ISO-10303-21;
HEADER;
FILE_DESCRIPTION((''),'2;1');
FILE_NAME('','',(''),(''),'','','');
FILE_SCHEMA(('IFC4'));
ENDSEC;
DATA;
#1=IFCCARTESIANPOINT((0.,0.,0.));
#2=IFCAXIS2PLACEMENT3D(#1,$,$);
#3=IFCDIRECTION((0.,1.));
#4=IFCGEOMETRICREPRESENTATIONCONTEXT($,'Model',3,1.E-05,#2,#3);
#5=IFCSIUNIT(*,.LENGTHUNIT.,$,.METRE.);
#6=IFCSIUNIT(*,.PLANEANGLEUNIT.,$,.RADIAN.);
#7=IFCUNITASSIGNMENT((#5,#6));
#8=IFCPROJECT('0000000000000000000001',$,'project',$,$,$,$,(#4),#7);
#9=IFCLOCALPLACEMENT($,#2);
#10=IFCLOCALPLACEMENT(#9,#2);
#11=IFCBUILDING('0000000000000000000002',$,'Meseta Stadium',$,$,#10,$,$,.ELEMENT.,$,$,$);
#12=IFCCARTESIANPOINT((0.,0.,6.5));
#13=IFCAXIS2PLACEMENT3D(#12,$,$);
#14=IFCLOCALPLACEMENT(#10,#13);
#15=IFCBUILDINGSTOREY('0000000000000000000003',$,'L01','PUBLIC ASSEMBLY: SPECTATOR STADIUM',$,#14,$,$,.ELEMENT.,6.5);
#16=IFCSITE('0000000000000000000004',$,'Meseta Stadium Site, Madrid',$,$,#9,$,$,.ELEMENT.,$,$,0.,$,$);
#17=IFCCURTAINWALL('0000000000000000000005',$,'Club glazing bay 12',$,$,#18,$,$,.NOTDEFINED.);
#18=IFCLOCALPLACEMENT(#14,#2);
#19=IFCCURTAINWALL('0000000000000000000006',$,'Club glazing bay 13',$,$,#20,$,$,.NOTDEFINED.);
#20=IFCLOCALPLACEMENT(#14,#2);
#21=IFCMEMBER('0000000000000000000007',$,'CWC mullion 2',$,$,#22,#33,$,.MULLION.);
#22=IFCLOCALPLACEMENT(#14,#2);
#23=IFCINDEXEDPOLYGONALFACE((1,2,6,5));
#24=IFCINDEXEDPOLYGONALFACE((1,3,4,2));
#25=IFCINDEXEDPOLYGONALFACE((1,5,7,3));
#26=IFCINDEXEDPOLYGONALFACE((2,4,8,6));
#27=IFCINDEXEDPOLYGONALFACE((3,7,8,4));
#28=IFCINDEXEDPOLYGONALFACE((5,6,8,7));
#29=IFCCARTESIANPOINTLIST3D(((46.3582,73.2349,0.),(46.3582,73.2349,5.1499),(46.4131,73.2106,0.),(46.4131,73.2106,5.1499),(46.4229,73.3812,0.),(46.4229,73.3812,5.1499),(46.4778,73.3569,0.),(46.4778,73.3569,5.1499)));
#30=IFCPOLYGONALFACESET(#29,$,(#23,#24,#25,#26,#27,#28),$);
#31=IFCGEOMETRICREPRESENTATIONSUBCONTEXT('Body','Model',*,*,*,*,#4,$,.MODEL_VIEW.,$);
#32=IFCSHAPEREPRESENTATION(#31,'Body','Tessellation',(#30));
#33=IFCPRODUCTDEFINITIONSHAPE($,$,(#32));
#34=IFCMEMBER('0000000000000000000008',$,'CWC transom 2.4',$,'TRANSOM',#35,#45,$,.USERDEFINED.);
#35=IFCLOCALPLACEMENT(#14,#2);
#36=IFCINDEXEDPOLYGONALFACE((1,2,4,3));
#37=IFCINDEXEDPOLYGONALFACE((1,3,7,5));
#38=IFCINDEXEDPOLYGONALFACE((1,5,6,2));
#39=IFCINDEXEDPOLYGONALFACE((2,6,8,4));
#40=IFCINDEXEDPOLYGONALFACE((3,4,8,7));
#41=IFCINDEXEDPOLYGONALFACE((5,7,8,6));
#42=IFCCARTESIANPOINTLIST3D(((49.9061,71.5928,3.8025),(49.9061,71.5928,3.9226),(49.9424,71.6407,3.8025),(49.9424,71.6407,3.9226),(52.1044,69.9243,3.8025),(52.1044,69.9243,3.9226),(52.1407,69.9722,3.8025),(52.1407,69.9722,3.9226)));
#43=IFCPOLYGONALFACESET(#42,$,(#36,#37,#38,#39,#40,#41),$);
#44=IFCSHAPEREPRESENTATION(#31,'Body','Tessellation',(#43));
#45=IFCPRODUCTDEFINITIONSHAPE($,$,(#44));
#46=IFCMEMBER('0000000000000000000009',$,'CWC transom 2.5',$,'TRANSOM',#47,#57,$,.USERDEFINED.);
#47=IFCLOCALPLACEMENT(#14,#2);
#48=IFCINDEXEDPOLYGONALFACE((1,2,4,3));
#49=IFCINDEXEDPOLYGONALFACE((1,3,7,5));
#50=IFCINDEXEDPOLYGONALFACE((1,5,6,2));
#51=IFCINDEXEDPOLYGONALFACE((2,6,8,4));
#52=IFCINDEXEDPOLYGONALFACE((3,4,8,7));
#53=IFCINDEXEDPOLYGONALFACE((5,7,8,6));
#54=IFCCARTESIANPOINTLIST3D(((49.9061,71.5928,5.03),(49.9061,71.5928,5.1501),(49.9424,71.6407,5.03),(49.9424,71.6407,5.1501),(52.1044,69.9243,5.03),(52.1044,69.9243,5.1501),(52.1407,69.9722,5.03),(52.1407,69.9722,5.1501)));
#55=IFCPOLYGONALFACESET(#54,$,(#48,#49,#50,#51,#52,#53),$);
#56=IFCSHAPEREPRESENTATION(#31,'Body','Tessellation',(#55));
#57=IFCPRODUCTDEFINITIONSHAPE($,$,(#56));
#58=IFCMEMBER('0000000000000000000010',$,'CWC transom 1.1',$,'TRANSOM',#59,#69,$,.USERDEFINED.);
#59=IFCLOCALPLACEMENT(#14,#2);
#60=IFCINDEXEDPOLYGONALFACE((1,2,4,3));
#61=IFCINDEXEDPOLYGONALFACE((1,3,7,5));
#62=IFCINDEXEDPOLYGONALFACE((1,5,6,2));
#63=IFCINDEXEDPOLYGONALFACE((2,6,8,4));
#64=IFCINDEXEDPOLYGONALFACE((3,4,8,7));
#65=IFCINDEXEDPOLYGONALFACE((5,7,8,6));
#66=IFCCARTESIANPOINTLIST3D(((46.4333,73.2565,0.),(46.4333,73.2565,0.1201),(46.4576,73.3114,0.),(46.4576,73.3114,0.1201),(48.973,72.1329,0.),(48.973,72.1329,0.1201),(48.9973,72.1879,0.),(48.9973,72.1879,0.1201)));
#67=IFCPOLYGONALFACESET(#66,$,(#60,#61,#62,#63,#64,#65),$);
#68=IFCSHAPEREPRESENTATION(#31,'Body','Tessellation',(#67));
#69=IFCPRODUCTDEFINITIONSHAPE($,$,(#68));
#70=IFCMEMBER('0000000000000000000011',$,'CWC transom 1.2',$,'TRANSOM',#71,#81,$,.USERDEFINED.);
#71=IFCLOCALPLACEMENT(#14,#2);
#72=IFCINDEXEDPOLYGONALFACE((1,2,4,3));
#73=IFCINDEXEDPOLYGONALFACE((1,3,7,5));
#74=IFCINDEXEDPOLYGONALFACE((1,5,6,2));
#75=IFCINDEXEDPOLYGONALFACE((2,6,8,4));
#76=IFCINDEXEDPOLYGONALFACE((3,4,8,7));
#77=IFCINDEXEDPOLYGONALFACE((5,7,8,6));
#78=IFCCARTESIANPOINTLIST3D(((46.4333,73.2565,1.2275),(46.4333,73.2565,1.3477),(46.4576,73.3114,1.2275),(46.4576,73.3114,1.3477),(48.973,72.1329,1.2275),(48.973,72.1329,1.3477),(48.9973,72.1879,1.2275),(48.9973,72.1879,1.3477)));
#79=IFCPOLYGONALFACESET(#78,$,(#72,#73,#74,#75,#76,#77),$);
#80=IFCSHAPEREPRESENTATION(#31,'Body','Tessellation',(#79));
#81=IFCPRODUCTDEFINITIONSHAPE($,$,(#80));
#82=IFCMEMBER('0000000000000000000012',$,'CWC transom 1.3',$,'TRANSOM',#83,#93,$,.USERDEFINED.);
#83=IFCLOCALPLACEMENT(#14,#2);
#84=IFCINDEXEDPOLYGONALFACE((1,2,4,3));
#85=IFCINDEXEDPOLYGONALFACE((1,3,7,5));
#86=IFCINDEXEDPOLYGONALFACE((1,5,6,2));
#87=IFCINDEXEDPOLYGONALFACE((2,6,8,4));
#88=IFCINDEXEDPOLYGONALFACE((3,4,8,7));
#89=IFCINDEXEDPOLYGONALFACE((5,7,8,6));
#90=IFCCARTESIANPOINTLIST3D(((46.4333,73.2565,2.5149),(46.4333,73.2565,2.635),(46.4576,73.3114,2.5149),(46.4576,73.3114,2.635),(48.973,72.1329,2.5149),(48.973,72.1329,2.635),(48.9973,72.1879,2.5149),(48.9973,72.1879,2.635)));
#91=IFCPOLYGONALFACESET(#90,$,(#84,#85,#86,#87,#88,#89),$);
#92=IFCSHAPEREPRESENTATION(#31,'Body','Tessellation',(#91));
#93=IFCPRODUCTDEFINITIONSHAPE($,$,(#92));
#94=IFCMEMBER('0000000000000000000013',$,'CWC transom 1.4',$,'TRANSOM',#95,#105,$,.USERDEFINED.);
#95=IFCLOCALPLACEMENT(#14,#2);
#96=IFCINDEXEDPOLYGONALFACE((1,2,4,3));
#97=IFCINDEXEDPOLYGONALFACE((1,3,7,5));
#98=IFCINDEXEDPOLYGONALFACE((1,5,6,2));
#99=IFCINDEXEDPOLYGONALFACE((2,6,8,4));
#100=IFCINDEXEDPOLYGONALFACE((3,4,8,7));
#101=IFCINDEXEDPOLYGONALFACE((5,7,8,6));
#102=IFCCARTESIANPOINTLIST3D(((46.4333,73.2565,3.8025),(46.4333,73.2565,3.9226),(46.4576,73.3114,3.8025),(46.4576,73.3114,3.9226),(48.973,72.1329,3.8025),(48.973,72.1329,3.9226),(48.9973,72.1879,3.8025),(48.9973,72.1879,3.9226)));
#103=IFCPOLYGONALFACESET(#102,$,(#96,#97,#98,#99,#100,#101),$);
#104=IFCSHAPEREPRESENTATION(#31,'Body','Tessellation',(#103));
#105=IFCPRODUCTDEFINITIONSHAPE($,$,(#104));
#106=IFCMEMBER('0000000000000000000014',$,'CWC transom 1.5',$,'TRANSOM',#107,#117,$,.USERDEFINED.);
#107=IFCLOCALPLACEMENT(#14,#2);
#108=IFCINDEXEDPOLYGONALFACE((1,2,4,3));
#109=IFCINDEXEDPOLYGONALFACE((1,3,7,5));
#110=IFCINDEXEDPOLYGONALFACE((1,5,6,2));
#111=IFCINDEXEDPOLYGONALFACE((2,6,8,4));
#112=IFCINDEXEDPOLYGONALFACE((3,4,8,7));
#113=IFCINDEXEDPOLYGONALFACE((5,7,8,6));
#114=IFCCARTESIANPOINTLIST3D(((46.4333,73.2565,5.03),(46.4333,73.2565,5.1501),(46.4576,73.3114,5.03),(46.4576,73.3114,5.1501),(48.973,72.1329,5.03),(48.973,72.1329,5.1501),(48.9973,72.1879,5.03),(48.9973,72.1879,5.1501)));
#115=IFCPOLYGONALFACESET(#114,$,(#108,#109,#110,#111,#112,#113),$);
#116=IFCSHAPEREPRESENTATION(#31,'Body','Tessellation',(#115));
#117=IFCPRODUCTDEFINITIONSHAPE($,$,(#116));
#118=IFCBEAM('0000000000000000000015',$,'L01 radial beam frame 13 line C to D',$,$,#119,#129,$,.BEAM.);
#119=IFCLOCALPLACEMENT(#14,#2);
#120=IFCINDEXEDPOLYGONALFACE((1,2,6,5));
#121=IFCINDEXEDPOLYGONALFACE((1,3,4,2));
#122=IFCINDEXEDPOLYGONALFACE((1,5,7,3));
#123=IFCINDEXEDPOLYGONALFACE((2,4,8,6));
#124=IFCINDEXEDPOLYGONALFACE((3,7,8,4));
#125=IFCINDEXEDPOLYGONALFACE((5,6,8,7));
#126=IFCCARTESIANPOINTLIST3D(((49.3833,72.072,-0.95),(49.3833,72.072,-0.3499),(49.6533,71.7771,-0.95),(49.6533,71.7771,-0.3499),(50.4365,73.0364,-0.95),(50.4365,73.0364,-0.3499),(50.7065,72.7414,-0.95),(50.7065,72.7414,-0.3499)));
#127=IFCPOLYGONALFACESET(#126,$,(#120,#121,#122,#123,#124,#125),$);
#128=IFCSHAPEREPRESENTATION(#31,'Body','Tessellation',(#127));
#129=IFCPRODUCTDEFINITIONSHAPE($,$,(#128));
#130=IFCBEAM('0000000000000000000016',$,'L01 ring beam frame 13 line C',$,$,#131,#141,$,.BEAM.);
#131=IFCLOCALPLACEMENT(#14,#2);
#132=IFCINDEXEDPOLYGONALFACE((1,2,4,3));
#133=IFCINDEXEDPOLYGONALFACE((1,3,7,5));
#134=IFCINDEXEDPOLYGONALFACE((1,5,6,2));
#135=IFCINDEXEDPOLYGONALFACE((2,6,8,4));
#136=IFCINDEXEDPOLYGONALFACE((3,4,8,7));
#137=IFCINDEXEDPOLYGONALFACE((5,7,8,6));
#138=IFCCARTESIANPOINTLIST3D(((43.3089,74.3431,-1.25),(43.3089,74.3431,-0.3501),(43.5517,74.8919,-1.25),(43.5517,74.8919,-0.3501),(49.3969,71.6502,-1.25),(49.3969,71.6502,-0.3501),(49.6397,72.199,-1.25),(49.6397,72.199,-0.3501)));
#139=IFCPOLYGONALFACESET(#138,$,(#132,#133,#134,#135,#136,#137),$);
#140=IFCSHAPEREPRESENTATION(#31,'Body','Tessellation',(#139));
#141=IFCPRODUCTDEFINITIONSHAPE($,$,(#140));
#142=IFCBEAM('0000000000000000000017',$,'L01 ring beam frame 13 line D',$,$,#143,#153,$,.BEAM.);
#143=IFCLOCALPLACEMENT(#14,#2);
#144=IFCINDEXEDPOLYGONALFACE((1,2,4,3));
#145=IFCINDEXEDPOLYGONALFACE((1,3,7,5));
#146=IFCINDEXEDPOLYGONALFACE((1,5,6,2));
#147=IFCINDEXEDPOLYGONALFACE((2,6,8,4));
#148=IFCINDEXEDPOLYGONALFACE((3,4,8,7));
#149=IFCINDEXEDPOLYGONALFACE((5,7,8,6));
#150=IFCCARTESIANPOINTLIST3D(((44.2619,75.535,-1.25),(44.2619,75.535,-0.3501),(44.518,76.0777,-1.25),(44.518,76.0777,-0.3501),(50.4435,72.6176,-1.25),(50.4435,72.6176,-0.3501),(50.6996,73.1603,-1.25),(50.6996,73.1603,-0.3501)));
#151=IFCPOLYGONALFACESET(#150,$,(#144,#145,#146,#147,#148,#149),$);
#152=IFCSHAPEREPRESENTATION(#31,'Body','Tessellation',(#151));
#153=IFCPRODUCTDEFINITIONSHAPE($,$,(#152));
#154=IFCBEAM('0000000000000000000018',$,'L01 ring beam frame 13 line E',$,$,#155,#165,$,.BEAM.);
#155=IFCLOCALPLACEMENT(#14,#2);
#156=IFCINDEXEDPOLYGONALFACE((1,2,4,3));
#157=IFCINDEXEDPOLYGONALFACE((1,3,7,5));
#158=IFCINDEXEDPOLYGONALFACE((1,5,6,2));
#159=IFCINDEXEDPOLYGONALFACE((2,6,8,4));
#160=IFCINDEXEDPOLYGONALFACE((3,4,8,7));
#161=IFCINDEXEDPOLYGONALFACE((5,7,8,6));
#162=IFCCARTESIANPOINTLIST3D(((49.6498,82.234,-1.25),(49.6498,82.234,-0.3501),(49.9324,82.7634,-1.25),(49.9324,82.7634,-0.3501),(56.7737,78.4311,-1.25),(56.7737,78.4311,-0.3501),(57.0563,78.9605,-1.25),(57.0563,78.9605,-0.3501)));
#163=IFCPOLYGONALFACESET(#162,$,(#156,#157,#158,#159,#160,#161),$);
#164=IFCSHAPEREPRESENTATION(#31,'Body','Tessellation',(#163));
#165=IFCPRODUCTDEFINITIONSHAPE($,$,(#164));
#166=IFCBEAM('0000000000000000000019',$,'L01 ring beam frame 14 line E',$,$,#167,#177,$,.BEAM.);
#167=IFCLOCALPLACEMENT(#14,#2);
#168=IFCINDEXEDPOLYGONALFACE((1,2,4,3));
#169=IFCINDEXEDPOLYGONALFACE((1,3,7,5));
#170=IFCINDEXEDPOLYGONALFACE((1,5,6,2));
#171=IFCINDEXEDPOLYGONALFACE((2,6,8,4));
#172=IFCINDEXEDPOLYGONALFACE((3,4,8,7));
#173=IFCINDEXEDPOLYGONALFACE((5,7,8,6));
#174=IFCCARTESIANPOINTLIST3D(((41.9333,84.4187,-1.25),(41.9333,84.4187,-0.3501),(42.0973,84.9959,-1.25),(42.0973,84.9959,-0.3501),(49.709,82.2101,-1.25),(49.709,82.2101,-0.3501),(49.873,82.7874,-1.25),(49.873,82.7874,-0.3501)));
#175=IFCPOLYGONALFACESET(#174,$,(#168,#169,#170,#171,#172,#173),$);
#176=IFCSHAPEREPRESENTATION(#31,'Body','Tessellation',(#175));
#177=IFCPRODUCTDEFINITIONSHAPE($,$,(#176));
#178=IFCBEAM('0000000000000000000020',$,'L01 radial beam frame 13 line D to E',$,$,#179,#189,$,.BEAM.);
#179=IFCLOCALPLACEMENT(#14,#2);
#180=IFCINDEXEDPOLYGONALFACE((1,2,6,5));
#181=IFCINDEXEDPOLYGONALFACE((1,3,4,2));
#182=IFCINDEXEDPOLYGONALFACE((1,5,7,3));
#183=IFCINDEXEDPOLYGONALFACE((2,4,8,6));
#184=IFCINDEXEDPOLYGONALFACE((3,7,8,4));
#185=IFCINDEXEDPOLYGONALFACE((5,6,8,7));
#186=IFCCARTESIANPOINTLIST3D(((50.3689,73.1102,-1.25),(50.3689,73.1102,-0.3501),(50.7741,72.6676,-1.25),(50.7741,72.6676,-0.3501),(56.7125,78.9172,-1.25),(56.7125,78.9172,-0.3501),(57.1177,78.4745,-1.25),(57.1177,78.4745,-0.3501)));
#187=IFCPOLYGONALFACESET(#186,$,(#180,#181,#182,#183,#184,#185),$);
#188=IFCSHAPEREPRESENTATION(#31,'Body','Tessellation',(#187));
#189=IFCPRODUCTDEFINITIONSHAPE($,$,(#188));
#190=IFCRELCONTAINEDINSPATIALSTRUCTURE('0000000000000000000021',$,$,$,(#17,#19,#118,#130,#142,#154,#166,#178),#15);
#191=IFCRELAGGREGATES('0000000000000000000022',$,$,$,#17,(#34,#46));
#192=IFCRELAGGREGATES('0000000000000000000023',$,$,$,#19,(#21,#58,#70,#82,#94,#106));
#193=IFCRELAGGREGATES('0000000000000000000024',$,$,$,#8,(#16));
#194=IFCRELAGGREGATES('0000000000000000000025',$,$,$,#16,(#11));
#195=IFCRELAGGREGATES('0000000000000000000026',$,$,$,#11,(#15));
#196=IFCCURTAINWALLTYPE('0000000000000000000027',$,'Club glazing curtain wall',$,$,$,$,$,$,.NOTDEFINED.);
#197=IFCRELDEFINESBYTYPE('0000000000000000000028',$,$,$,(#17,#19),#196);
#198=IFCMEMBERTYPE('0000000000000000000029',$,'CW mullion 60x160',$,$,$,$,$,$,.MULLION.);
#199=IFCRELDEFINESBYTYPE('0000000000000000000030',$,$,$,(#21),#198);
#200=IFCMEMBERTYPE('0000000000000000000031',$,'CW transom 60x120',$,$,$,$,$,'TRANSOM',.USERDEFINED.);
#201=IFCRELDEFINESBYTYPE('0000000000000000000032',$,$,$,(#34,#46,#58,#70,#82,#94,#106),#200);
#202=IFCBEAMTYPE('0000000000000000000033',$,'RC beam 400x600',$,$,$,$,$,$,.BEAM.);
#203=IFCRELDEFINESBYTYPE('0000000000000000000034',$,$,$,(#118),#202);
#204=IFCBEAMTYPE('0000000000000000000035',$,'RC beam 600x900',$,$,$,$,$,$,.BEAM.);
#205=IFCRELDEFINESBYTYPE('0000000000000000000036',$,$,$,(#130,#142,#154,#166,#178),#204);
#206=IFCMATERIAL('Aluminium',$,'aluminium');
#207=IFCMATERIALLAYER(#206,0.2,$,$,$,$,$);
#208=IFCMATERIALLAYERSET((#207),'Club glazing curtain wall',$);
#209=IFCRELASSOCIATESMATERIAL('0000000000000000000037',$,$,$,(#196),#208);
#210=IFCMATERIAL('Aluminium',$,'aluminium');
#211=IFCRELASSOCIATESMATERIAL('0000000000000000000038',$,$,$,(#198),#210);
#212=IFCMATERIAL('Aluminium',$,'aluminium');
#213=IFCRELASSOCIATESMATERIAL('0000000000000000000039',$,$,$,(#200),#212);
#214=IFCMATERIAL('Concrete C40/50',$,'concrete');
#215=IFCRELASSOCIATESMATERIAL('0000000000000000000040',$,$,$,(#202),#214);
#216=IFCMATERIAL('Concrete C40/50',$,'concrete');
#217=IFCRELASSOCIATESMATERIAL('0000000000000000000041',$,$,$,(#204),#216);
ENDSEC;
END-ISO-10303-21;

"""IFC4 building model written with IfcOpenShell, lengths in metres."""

from ifc_helpers import new_model, si_unit, direction, frame, origin, origin_2d, place, context, subcontext, project, spatial, rectangle, extrude, material, layer, layer_set, material_profile, profile_set, type_object, element, aggregate, save


model = new_model("IFC4")

# Units and contexts
model_context = context("Model", 3, precision=1e-05, world=origin(), true_north=direction((0.0, 1.0)))
body_context = subcontext(model_context, "Body", "Model", "MODEL_VIEW")
ifc_project = project(units=[si_unit("LENGTHUNIT", "METRE"), si_unit("PLANEANGLEUNIT", "RADIAN")], contexts=[model_context])

# Site, building, storey
site_placement = place(None, origin())
site = spatial("IfcSite", under=ifc_project, at=site_placement, Name="Meseta Stadium Site, Madrid", CompositionType="ELEMENT", RefElevation=0.0)
building_placement = place(site_placement, origin())
building = spatial("IfcBuilding", under=site, at=building_placement, Name="Meseta Stadium", CompositionType="ELEMENT")
storey_placement = place(building_placement, frame((0.0, 0.0, 6.5)))
storey = spatial("IfcBuildingStorey", under=building, at=storey_placement, Name="L01", Description="PUBLIC ASSEMBLY: SPECTATOR STADIUM", CompositionType="ELEMENT", Elevation=6.5)

# Curtain wall
ifc_material_1 = material(Name="Aluminium", Category="aluminium")
ifc_layer_1 = layer(ifc_material_1, 0.2)
ifc_layer_set_1 = layer_set([ifc_layer_1], Name="Club glazing curtain wall")
curtain_wall_type = type_object("IfcCurtainWallType", Name="Club glazing curtain wall", PredefinedType="NOTDEFINED", material=ifc_layer_set_1)
curtain_wall_1_placement = place(storey_placement, origin())
curtain_wall_1 = element("IfcCurtainWall", 1, at=curtain_wall_1_placement, inside=storey, type_object=curtain_wall_type, Name="Club glazing bay 12", PredefinedType="NOTDEFINED")
ifc_material_2 = material(Name="Aluminium", Category="aluminium")
ifc_material_profile_1 = material_profile(ifc_material_2, rectangle(XDim=0.1599, YDim=0.0601, at=origin_2d()), Name="CW 160x60")
ifc_profile_set_1 = profile_set([ifc_material_profile_1], Name="Aluminium")
member_type_1 = type_object("IfcMemberType", Name="CW mullion 60x160", PredefinedType="MULLION", material=ifc_profile_set_1)

# Curtain wall, member
curtain_wall_2_placement = place(storey_placement, origin())
curtain_wall_2 = element("IfcCurtainWall", 2, at=curtain_wall_2_placement, inside=storey, type_object=curtain_wall_type, Name="Club glazing bay 13", PredefinedType="NOTDEFINED")
member_1_placement = place(storey_placement, frame((46.418, 73.2959, 0.0), z_axis=(0.0, 0.0, 1.0), x_axis=(-0.404524, -0.914527, 0.0)))
member_1 = element("IfcMember", 3, at=member_1_placement, type_object=member_type_1, Name="CWC mullion 2", PredefinedType="MULLION", context=body_context, shape_type="SweptSolid", body=[
    extrude(rectangle(XDim=0.1599, YDim=0.0601, at=origin_2d()), origin(), (0.0, 0.0, 1.0), 5.1499),
])

# Members
ifc_material_3 = material(Name="Aluminium", Category="aluminium")
ifc_material_profile_2 = material_profile(ifc_material_3, rectangle(XDim=0.0601, YDim=0.1201, at=origin_2d()), Name="CW 60x120")
ifc_profile_set_2 = profile_set([ifc_material_profile_2], Name="Aluminium")
member_type_2 = type_object("IfcMemberType", Name="CW transom 60x120", ElementType="TRANSOM", PredefinedType="USERDEFINED", material=ifc_profile_set_2)
member_2_placement = place(storey_placement, frame((52.1226, 69.9482, 3.8625), z_axis=(-0.796547, 0.604576, 0.0), x_axis=(-0.604576, -0.796547, 0.0)))
member_2 = element("IfcMember", 4, at=member_2_placement, type_object=member_type_2, Name="CWC transom 2.4", ObjectType="TRANSOM", PredefinedType="USERDEFINED", context=body_context, shape_type="SweptSolid", body=[
    extrude(rectangle(XDim=0.0601, YDim=0.1201, at=origin_2d()), origin(), (0.0, 0.0, 1.0), 2.7598),
])
member_3_placement = place(storey_placement, frame((52.1226, 69.9482, 5.0901), z_axis=(-0.796547, 0.604576, 0.0), x_axis=(-0.604576, -0.796547, 0.0)))
member_3 = element("IfcMember", 5, at=member_3_placement, type_object=member_type_2, Name="CWC transom 2.5", ObjectType="TRANSOM", PredefinedType="USERDEFINED", context=body_context, shape_type="SweptSolid", body=[
    extrude(rectangle(XDim=0.0601, YDim=0.1201, at=origin_2d()), origin(), (0.0, 0.0, 1.0), 2.7598),
])
member_4_placement = place(storey_placement, frame((48.9851, 72.1604, 0.0601), z_axis=(-0.914499, 0.404588, 0.0), x_axis=(-0.404588, -0.914499, 0.0)))
member_4 = element("IfcMember", 6, at=member_4_placement, type_object=member_type_2, Name="CWC transom 1.1", ObjectType="TRANSOM", PredefinedType="USERDEFINED", context=body_context, shape_type="SweptSolid", body=[
    extrude(rectangle(XDim=0.0601, YDim=0.1201, at=origin_2d()), origin(), (0.0, 0.0, 1.0), 2.7771),
])
member_5_placement = place(storey_placement, frame((48.9851, 72.1604, 1.2876), z_axis=(-0.914499, 0.404588, 0.0), x_axis=(-0.404588, -0.914499, 0.0)))
member_5 = element("IfcMember", 7, at=member_5_placement, type_object=member_type_2, Name="CWC transom 1.2", ObjectType="TRANSOM", PredefinedType="USERDEFINED", context=body_context, shape_type="SweptSolid", body=[
    extrude(rectangle(XDim=0.0601, YDim=0.1201, at=origin_2d()), origin(), (0.0, 0.0, 1.0), 2.7771),
])
member_6_placement = place(storey_placement, frame((48.9851, 72.1604, 2.575), z_axis=(-0.914499, 0.404588, 0.0), x_axis=(-0.404588, -0.914499, 0.0)))
member_6 = element("IfcMember", 8, at=member_6_placement, type_object=member_type_2, Name="CWC transom 1.3", ObjectType="TRANSOM", PredefinedType="USERDEFINED", context=body_context, shape_type="SweptSolid", body=[
    extrude(rectangle(XDim=0.0601, YDim=0.1201, at=origin_2d()), origin(), (0.0, 0.0, 1.0), 2.7771),
])
member_7_placement = place(storey_placement, frame((48.9851, 72.1604, 3.8625), z_axis=(-0.914499, 0.404588, 0.0), x_axis=(-0.404588, -0.914499, 0.0)))
member_7 = element("IfcMember", 9, at=member_7_placement, type_object=member_type_2, Name="CWC transom 1.4", ObjectType="TRANSOM", PredefinedType="USERDEFINED", context=body_context, shape_type="SweptSolid", body=[
    extrude(rectangle(XDim=0.0601, YDim=0.1201, at=origin_2d()), origin(), (0.0, 0.0, 1.0), 2.7771),
])
member_8_placement = place(storey_placement, frame((48.9851, 72.1604, 5.0901), z_axis=(-0.914499, 0.404588, 0.0), x_axis=(-0.404588, -0.914499, 0.0)))
member_8 = element("IfcMember", 10, at=member_8_placement, type_object=member_type_2, Name="CWC transom 1.5", ObjectType="TRANSOM", PredefinedType="USERDEFINED", context=body_context, shape_type="SweptSolid", body=[
    extrude(rectangle(XDim=0.0601, YDim=0.1201, at=origin_2d()), origin(), (0.0, 0.0, 1.0), 2.7771),
])

# Beams
ifc_material_4 = material(Name="Concrete C40/50", Category="concrete")
ifc_material_profile_3 = material_profile(ifc_material_4, rectangle(XDim=0.3999, YDim=0.6001, at=origin_2d()), Name="RC 400x600")
ifc_profile_set_3 = profile_set([ifc_material_profile_3], Name="Concrete C40/50")
beam_type_1 = type_object("IfcBeamType", Name="RC beam 400x600", PredefinedType="BEAM", material=ifc_profile_set_3)
beam_1_placement = place(storey_placement, frame((49.5183, 71.9246, -0.6499), z_axis=(0.737537, 0.675306, 0.0), x_axis=(-0.675306, 0.737537, 0.0)))
element("IfcBeam", 11, at=beam_1_placement, inside=storey, type_object=beam_type_1, Name="L01 radial beam frame 13 line C to D", PredefinedType="BEAM", context=body_context, shape_type="SweptSolid", body=[
    extrude(rectangle(XDim=0.3999, YDim=0.6001, at=origin_2d()), origin(), (0.0, 0.0, 1.0), 1.428),
])
ifc_material_5 = material(Name="Concrete C40/50", Category="concrete")
ifc_material_profile_4 = material_profile(ifc_material_5, rectangle(XDim=0.6001, YDim=0.8999, at=origin_2d()), Name="RC 600x900")
ifc_profile_set_4 = profile_set([ifc_material_profile_4], Name="Concrete C40/50")
beam_type_2 = type_object("IfcBeamType", Name="RC beam 600x900", PredefinedType="BEAM", material=ifc_profile_set_4)
beam_2_placement = place(storey_placement, frame((49.5183, 71.9246, -0.8), z_axis=(-0.914527, 0.404525, 0.0), x_axis=(-0.404525, -0.914527, 0.0)))
element("IfcBeam", 12, at=beam_2_placement, inside=storey, type_object=beam_type_2, Name="L01 ring beam frame 13 line C", PredefinedType="BEAM", context=body_context, shape_type="SweptSolid", body=[
    extrude(rectangle(XDim=0.6001, YDim=0.8999, at=origin_2d()), origin(), (0.0, 0.0, 1.0), 6.657),
])
beam_3_placement = place(storey_placement, frame((50.5715, 72.8889, -0.8), z_axis=(-0.904341, 0.426812, 0.0), x_axis=(-0.426812, -0.904341, 0.0)))
element("IfcBeam", 13, at=beam_3_placement, inside=storey, type_object=beam_type_2, Name="L01 ring beam frame 13 line D", PredefinedType="BEAM", context=body_context, shape_type="SweptSolid", body=[
    extrude(rectangle(XDim=0.6001, YDim=0.8999, at=origin_2d()), origin(), (0.0, 0.0, 1.0), 6.8354),
])
beam_4_placement = place(storey_placement, frame((56.915, 78.6958, -0.8), z_axis=(-0.882173, 0.470926, 0.0), x_axis=(-0.470926, -0.882173, 0.0)))
element("IfcBeam", 14, at=beam_4_placement, inside=storey, type_object=beam_type_2, Name="L01 ring beam frame 13 line E", PredefinedType="BEAM", context=body_context, shape_type="SweptSolid", body=[
    extrude(rectangle(XDim=0.6001, YDim=0.8999, at=origin_2d()), origin(), (0.0, 0.0, 1.0), 8.0754),
])
beam_5_placement = place(storey_placement, frame((49.791, 82.4988, -0.8), z_axis=(-0.961951, 0.273221, 0.0), x_axis=(-0.273221, -0.961951, 0.0)))
element("IfcBeam", 15, at=beam_5_placement, inside=storey, type_object=beam_type_2, Name="L01 ring beam frame 14 line E", PredefinedType="BEAM", context=body_context, shape_type="SweptSolid", body=[
    extrude(rectangle(XDim=0.6001, YDim=0.8999, at=origin_2d()), origin(), (0.0, 0.0, 1.0), 8.0833),
])
beam_6_placement = place(storey_placement, frame((50.5715, 72.8889, -0.8), z_axis=(0.737617, 0.675219, 0.0), x_axis=(-0.675219, 0.737617, 0.0)))
element("IfcBeam", 16, at=beam_6_placement, inside=storey, type_object=beam_type_2, Name="L01 radial beam frame 13 line D to E", PredefinedType="BEAM", context=body_context, shape_type="SweptSolid", body=[
    extrude(rectangle(XDim=0.6001, YDim=0.8999, at=origin_2d()), origin(), (0.0, 0.0, 1.0), 8.6001),
])

aggregate(curtain_wall_1, [member_2, member_3])
aggregate(curtain_wall_2, [member_1, member_4, member_5, member_6, member_7, member_8])

save(model, "model.ifc")
